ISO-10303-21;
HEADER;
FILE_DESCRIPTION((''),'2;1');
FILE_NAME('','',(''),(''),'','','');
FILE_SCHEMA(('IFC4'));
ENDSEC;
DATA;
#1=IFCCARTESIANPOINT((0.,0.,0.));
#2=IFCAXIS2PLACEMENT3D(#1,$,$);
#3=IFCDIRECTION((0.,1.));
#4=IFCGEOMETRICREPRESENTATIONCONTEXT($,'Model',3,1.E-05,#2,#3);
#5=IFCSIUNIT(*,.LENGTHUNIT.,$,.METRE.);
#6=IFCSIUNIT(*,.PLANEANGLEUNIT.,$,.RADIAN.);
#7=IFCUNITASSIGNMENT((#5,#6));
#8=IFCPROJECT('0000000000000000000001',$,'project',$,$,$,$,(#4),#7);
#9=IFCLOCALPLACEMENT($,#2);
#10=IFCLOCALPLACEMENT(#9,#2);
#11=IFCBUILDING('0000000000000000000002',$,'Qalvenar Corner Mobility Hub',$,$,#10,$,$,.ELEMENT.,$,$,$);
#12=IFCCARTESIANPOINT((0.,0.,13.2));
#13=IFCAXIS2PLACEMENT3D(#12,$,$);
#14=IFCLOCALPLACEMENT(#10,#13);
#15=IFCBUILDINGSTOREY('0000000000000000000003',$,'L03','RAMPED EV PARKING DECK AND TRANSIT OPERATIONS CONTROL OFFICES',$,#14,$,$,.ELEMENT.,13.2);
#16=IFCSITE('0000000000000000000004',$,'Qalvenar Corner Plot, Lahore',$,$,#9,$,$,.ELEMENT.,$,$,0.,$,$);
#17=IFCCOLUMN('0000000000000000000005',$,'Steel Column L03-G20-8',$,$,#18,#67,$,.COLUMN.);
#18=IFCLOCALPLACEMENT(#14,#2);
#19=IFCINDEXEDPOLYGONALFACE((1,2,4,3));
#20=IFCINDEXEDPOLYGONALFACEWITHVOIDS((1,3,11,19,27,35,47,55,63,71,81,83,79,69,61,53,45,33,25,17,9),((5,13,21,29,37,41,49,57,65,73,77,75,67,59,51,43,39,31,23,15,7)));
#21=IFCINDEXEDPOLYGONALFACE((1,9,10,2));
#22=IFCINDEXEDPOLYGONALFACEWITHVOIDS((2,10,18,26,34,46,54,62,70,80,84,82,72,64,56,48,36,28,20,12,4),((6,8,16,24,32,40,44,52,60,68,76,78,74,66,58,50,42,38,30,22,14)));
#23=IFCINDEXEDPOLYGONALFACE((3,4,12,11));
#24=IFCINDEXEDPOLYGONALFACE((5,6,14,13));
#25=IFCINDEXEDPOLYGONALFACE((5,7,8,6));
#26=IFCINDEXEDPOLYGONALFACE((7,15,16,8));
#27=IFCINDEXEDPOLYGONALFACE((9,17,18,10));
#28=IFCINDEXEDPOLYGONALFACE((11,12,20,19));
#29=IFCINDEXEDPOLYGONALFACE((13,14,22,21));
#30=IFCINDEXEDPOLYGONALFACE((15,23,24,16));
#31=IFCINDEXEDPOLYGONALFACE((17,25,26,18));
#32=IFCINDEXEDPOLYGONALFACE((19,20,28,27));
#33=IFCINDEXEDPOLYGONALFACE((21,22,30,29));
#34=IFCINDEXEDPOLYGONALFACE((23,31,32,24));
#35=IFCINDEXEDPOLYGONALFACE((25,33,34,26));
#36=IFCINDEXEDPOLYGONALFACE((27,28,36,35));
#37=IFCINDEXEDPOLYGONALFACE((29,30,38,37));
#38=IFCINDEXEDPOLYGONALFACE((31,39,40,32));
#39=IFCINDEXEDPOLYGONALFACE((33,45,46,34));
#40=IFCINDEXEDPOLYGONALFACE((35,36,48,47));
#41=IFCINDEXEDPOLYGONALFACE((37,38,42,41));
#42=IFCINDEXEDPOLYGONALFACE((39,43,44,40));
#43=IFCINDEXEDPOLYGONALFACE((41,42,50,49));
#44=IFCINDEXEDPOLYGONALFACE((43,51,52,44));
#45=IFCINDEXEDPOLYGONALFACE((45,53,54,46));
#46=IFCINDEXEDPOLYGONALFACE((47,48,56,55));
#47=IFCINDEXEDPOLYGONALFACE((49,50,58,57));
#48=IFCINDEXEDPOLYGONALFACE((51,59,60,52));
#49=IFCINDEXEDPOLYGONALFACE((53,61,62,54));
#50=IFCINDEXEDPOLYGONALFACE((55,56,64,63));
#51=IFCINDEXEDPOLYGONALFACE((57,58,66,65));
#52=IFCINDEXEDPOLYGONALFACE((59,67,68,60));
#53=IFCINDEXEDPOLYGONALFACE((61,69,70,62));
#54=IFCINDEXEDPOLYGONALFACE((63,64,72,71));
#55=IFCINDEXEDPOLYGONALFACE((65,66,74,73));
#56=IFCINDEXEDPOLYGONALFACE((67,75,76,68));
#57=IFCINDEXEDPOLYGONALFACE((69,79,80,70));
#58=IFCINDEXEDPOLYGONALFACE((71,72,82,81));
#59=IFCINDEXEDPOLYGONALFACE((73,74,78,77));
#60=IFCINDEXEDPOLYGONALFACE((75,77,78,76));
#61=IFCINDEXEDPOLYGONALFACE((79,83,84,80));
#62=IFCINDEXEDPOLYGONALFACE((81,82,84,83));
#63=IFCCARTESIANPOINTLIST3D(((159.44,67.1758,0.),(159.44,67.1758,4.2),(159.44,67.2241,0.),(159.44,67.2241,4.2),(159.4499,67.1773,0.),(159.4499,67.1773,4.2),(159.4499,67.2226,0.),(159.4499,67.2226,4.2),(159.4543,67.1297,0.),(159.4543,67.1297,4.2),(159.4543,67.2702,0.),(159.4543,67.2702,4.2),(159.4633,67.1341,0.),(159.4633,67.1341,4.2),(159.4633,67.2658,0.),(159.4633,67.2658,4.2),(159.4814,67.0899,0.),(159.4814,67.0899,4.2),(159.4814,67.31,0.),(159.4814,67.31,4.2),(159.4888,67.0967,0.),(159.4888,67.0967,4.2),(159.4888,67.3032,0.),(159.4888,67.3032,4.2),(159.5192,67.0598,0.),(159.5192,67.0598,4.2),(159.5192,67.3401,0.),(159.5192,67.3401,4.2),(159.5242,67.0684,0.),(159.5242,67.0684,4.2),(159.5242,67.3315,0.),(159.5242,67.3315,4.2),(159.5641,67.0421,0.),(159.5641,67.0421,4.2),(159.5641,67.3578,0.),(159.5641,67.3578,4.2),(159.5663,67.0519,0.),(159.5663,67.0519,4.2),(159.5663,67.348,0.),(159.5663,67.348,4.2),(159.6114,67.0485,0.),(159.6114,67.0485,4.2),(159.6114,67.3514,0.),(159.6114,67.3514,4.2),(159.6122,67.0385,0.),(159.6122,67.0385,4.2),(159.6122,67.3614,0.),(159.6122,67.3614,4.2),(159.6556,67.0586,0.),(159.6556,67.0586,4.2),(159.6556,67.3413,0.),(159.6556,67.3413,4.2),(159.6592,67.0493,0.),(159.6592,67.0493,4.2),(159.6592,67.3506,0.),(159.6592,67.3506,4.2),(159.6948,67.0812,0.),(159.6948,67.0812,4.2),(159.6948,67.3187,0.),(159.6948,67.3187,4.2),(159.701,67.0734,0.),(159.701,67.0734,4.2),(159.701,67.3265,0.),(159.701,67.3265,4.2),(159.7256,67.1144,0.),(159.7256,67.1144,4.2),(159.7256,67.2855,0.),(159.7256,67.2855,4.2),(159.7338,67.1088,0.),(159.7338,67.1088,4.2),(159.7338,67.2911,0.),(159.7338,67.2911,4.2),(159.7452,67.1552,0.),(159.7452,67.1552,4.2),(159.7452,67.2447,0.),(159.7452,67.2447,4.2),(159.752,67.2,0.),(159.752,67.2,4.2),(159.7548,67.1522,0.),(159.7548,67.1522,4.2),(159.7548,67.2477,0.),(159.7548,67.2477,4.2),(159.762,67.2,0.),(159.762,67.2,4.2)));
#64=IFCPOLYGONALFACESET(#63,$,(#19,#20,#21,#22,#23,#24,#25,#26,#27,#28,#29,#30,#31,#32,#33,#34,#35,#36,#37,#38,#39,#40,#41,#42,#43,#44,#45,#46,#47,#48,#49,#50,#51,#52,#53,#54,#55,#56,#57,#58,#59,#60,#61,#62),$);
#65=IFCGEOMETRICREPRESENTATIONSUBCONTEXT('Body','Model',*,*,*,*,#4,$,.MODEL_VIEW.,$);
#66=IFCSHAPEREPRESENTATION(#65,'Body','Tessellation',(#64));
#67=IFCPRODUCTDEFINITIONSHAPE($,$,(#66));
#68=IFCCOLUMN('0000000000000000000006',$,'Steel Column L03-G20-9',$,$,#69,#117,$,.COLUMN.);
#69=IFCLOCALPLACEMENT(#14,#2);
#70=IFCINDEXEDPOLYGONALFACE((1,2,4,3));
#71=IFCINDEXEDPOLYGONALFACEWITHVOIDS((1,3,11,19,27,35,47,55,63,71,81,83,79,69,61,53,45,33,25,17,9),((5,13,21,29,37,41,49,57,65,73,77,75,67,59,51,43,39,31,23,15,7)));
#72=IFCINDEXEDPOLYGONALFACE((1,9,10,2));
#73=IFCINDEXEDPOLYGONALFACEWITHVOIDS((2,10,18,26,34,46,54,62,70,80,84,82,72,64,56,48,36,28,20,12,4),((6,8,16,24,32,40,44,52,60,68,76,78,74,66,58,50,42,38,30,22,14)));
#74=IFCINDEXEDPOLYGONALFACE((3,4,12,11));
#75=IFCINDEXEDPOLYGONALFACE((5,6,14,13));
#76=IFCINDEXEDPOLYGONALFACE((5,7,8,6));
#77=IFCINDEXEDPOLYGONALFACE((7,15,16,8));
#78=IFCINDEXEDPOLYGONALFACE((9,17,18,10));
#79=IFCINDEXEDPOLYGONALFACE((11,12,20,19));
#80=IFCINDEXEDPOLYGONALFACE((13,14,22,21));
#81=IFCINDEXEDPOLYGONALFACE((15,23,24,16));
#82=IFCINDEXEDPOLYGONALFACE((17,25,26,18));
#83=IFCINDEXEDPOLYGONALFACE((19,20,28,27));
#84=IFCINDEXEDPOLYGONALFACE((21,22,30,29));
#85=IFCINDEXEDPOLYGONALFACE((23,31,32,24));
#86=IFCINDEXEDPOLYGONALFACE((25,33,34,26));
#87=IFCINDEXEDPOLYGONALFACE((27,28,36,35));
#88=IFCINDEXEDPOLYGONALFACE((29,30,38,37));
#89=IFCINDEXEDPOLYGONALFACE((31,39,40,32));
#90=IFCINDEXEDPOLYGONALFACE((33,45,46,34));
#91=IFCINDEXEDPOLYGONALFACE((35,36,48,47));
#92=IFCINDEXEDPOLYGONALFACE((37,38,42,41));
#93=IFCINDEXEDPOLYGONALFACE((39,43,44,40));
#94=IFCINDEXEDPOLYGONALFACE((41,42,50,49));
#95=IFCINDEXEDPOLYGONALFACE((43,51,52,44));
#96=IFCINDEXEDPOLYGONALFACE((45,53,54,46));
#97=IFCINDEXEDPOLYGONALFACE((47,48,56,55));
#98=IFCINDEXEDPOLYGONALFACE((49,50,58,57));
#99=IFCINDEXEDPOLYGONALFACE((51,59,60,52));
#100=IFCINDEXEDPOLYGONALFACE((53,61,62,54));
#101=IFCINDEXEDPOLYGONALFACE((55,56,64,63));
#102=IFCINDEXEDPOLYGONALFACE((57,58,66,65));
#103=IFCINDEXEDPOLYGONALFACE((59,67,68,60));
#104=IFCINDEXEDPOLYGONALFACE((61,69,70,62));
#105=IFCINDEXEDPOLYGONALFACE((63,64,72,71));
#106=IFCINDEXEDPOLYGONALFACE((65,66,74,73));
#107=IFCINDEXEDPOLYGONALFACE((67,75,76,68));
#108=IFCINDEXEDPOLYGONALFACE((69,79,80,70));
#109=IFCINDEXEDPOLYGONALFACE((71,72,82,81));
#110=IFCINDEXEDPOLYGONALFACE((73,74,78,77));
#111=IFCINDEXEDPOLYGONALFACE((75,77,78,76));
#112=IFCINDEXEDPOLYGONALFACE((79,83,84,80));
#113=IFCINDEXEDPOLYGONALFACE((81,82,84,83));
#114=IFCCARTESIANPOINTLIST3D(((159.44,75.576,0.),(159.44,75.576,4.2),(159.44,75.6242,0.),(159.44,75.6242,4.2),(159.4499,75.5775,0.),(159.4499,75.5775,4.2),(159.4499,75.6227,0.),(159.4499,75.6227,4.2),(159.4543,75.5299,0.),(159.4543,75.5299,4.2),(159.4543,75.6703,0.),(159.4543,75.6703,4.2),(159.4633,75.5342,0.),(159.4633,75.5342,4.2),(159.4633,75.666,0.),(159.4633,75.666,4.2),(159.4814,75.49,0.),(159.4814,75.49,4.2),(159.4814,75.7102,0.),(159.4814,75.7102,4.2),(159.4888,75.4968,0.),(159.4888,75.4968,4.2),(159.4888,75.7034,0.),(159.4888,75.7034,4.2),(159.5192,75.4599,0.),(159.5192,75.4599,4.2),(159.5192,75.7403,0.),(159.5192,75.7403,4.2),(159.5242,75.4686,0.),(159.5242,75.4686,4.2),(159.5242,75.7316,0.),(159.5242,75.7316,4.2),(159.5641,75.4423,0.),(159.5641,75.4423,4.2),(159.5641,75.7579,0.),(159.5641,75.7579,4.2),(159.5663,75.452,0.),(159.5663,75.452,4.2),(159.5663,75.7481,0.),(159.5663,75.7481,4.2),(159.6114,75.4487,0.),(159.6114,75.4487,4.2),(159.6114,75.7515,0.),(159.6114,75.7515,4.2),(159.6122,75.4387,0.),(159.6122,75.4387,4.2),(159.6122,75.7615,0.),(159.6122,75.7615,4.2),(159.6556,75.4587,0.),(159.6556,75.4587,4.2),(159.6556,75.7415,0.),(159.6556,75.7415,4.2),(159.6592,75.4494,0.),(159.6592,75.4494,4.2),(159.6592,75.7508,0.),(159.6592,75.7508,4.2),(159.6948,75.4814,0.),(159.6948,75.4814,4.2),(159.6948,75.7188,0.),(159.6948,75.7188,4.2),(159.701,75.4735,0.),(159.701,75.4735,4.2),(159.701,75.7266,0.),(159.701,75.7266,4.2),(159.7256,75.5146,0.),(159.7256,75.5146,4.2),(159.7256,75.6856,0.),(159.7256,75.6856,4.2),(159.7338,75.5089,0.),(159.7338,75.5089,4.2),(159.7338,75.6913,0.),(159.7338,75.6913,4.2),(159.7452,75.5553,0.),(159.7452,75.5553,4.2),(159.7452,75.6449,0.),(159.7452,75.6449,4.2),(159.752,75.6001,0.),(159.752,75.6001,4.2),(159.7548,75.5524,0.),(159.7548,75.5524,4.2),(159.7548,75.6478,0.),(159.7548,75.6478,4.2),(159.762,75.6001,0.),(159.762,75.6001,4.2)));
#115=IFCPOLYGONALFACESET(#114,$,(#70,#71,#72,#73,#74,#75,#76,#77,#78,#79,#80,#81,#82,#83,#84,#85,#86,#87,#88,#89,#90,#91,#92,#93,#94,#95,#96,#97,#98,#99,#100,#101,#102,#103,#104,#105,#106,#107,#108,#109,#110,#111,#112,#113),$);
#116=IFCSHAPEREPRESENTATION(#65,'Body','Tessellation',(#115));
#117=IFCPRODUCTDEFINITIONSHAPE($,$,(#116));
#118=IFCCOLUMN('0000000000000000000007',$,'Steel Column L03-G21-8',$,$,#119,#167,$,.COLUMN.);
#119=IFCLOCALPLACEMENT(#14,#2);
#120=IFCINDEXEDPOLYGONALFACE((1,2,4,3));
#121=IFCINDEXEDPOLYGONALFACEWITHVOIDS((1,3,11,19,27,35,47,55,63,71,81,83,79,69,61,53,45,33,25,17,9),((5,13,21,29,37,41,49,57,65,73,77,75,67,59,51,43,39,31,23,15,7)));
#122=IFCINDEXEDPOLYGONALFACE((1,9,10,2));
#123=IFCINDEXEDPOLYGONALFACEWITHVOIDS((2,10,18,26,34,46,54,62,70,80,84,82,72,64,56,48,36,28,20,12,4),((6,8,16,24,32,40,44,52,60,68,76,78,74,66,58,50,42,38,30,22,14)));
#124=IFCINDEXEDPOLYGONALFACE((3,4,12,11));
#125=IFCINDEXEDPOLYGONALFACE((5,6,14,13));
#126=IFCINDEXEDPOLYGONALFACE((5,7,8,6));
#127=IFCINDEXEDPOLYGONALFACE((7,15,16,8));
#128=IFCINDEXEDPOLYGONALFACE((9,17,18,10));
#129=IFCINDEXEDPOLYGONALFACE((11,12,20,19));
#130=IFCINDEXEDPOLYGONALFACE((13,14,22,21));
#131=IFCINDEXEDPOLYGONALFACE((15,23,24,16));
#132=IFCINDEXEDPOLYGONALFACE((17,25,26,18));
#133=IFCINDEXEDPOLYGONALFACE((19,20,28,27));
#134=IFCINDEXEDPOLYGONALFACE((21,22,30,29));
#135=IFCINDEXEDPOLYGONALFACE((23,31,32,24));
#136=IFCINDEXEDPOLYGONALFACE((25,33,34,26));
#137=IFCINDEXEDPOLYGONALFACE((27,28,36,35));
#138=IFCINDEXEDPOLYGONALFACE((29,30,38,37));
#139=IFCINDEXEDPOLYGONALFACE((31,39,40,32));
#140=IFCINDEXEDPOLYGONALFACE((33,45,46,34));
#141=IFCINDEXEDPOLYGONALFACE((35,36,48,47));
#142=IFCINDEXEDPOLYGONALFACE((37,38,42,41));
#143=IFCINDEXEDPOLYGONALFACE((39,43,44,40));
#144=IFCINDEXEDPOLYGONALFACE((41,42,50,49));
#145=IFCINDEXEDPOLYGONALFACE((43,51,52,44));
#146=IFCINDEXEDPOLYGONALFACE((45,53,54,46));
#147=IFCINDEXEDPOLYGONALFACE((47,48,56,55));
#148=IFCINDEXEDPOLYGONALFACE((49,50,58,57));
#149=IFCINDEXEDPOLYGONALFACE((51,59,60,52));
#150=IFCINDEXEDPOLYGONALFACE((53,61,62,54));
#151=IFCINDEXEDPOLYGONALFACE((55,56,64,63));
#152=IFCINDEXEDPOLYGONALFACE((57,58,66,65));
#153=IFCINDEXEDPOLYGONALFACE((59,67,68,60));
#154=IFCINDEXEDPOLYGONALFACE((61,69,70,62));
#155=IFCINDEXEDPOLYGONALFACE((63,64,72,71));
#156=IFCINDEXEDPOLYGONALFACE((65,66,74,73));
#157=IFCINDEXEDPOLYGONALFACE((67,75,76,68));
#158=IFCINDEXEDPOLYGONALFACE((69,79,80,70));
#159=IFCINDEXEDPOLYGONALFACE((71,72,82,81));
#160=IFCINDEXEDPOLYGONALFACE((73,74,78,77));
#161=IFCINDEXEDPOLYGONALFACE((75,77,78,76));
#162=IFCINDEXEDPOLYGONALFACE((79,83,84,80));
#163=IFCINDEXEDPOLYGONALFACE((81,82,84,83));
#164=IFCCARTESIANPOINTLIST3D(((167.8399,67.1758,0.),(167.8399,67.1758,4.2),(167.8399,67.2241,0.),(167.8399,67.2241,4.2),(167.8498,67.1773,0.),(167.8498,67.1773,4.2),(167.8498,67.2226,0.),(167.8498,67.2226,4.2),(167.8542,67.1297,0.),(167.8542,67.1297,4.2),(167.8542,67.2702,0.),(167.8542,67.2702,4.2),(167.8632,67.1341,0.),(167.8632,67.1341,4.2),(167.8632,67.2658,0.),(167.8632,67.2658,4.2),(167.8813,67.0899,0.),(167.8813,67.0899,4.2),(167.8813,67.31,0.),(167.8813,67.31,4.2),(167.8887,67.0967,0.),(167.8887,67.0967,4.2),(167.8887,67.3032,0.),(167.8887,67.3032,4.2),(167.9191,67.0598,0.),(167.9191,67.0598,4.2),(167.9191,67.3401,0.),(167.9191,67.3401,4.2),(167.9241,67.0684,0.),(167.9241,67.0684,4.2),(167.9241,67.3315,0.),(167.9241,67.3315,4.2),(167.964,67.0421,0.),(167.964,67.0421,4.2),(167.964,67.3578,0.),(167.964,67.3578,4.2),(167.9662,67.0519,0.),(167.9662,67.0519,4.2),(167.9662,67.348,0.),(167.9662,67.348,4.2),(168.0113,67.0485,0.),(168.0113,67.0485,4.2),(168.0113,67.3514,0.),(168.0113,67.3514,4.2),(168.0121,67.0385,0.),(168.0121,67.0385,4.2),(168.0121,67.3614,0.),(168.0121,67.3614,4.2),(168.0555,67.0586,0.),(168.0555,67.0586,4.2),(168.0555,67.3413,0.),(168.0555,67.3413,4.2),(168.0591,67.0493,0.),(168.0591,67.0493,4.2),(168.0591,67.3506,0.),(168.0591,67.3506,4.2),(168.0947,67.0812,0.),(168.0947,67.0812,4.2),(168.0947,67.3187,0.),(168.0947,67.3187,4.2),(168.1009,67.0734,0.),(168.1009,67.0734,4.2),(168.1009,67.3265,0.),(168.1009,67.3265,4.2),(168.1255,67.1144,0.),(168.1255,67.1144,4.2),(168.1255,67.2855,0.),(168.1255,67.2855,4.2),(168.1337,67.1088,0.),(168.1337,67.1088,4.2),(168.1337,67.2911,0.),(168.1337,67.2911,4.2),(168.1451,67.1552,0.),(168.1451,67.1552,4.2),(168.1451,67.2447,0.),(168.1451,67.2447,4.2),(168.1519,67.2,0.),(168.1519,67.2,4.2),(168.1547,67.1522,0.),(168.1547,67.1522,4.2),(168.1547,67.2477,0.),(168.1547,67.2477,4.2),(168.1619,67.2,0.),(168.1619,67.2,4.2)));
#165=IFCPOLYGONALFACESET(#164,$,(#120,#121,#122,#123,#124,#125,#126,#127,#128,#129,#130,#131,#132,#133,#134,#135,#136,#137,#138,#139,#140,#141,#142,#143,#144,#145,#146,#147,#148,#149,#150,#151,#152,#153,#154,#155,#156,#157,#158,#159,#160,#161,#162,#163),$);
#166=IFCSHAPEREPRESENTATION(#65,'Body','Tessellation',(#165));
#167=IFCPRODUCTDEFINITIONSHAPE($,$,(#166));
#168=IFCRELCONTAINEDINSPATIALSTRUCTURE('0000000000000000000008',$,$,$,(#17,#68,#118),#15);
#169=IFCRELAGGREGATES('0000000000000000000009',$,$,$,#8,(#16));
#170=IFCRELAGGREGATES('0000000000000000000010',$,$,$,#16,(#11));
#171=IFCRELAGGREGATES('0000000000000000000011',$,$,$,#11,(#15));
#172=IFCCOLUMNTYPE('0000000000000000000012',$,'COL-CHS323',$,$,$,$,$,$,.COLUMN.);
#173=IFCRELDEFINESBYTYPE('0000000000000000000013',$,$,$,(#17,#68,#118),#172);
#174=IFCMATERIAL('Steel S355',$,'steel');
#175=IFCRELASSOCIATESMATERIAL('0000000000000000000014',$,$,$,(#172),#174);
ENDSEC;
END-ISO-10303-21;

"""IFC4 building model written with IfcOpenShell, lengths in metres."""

from ifc_helpers import new_model, si_unit, direction, frame, origin, origin_2d, place, context, subcontext, project, spatial, hollow_circle, extrude, material, material_profile, profile_set, type_object, element, save


model = new_model("IFC4")

# Units and contexts
model_context = context("Model", 3, precision=1e-05, world=origin(), true_north=direction((0.0, 1.0)))
body_context = subcontext(model_context, "Body", "Model", "MODEL_VIEW")
ifc_project = project(units=[si_unit("LENGTHUNIT", "METRE"), si_unit("PLANEANGLEUNIT", "RADIAN")], contexts=[model_context])

# Site, building, storey
site_placement = place(None, origin())
site = spatial("IfcSite", under=ifc_project, at=site_placement, Name="Qalvenar Corner Plot, Lahore", CompositionType="ELEMENT", RefElevation=0.0)
building_placement = place(site_placement, origin())
building = spatial("IfcBuilding", under=site, at=building_placement, Name="Qalvenar Corner Mobility Hub", CompositionType="ELEMENT")
storey_placement = place(building_placement, frame((0.0, 0.0, 13.2)))
storey = spatial("IfcBuildingStorey", under=building, at=storey_placement, Name="L03", Description="RAMPED EV PARKING DECK AND TRANSIT OPERATIONS CONTROL OFFICES", CompositionType="ELEMENT", Elevation=13.2)

# Columns
ifc_material_1 = material(Name="Steel S355", Category="steel")
ifc_material_profile_1 = material_profile(ifc_material_1, hollow_circle(Radius=0.1619, WallThickness=0.01, at=origin_2d()), Name="CHS323.9x10")
ifc_profile_set_1 = profile_set([ifc_material_profile_1], Name="Steel S355")
column_type = type_object("IfcColumnType", Name="COL-CHS323", PredefinedType="COLUMN", material=ifc_profile_set_1)
for number, where, z_axis, x_axis, name in (
    (1, (159.6001, 67.2, 0.0), (0.0, 0.0, 1.0), (1.0, 0.0, 0.0), "Steel Column L03-G20-8"),
    (2, (159.6001, 75.6001, 0.0), (0.0, 0.0, 1.0), (1.0, 0.0, 0.0), "Steel Column L03-G20-9"),
    (3, (168.0, 67.2, 0.0), (0.0, 0.0, 1.0), (1.0, 0.0, 0.0), "Steel Column L03-G21-8"),
):
    element("IfcColumn", number, at=place(storey_placement, frame(where, z_axis=z_axis, x_axis=x_axis)), inside=storey, type_object=column_type, Name=name, PredefinedType="COLUMN", context=body_context, shape_type="SweptSolid", body=[
        extrude(hollow_circle(Radius=0.1619, WallThickness=0.01, at=origin_2d()), origin(), (0.0, 0.0, 1.0), 4.2),
    ])

save(model, "model.ifc")
